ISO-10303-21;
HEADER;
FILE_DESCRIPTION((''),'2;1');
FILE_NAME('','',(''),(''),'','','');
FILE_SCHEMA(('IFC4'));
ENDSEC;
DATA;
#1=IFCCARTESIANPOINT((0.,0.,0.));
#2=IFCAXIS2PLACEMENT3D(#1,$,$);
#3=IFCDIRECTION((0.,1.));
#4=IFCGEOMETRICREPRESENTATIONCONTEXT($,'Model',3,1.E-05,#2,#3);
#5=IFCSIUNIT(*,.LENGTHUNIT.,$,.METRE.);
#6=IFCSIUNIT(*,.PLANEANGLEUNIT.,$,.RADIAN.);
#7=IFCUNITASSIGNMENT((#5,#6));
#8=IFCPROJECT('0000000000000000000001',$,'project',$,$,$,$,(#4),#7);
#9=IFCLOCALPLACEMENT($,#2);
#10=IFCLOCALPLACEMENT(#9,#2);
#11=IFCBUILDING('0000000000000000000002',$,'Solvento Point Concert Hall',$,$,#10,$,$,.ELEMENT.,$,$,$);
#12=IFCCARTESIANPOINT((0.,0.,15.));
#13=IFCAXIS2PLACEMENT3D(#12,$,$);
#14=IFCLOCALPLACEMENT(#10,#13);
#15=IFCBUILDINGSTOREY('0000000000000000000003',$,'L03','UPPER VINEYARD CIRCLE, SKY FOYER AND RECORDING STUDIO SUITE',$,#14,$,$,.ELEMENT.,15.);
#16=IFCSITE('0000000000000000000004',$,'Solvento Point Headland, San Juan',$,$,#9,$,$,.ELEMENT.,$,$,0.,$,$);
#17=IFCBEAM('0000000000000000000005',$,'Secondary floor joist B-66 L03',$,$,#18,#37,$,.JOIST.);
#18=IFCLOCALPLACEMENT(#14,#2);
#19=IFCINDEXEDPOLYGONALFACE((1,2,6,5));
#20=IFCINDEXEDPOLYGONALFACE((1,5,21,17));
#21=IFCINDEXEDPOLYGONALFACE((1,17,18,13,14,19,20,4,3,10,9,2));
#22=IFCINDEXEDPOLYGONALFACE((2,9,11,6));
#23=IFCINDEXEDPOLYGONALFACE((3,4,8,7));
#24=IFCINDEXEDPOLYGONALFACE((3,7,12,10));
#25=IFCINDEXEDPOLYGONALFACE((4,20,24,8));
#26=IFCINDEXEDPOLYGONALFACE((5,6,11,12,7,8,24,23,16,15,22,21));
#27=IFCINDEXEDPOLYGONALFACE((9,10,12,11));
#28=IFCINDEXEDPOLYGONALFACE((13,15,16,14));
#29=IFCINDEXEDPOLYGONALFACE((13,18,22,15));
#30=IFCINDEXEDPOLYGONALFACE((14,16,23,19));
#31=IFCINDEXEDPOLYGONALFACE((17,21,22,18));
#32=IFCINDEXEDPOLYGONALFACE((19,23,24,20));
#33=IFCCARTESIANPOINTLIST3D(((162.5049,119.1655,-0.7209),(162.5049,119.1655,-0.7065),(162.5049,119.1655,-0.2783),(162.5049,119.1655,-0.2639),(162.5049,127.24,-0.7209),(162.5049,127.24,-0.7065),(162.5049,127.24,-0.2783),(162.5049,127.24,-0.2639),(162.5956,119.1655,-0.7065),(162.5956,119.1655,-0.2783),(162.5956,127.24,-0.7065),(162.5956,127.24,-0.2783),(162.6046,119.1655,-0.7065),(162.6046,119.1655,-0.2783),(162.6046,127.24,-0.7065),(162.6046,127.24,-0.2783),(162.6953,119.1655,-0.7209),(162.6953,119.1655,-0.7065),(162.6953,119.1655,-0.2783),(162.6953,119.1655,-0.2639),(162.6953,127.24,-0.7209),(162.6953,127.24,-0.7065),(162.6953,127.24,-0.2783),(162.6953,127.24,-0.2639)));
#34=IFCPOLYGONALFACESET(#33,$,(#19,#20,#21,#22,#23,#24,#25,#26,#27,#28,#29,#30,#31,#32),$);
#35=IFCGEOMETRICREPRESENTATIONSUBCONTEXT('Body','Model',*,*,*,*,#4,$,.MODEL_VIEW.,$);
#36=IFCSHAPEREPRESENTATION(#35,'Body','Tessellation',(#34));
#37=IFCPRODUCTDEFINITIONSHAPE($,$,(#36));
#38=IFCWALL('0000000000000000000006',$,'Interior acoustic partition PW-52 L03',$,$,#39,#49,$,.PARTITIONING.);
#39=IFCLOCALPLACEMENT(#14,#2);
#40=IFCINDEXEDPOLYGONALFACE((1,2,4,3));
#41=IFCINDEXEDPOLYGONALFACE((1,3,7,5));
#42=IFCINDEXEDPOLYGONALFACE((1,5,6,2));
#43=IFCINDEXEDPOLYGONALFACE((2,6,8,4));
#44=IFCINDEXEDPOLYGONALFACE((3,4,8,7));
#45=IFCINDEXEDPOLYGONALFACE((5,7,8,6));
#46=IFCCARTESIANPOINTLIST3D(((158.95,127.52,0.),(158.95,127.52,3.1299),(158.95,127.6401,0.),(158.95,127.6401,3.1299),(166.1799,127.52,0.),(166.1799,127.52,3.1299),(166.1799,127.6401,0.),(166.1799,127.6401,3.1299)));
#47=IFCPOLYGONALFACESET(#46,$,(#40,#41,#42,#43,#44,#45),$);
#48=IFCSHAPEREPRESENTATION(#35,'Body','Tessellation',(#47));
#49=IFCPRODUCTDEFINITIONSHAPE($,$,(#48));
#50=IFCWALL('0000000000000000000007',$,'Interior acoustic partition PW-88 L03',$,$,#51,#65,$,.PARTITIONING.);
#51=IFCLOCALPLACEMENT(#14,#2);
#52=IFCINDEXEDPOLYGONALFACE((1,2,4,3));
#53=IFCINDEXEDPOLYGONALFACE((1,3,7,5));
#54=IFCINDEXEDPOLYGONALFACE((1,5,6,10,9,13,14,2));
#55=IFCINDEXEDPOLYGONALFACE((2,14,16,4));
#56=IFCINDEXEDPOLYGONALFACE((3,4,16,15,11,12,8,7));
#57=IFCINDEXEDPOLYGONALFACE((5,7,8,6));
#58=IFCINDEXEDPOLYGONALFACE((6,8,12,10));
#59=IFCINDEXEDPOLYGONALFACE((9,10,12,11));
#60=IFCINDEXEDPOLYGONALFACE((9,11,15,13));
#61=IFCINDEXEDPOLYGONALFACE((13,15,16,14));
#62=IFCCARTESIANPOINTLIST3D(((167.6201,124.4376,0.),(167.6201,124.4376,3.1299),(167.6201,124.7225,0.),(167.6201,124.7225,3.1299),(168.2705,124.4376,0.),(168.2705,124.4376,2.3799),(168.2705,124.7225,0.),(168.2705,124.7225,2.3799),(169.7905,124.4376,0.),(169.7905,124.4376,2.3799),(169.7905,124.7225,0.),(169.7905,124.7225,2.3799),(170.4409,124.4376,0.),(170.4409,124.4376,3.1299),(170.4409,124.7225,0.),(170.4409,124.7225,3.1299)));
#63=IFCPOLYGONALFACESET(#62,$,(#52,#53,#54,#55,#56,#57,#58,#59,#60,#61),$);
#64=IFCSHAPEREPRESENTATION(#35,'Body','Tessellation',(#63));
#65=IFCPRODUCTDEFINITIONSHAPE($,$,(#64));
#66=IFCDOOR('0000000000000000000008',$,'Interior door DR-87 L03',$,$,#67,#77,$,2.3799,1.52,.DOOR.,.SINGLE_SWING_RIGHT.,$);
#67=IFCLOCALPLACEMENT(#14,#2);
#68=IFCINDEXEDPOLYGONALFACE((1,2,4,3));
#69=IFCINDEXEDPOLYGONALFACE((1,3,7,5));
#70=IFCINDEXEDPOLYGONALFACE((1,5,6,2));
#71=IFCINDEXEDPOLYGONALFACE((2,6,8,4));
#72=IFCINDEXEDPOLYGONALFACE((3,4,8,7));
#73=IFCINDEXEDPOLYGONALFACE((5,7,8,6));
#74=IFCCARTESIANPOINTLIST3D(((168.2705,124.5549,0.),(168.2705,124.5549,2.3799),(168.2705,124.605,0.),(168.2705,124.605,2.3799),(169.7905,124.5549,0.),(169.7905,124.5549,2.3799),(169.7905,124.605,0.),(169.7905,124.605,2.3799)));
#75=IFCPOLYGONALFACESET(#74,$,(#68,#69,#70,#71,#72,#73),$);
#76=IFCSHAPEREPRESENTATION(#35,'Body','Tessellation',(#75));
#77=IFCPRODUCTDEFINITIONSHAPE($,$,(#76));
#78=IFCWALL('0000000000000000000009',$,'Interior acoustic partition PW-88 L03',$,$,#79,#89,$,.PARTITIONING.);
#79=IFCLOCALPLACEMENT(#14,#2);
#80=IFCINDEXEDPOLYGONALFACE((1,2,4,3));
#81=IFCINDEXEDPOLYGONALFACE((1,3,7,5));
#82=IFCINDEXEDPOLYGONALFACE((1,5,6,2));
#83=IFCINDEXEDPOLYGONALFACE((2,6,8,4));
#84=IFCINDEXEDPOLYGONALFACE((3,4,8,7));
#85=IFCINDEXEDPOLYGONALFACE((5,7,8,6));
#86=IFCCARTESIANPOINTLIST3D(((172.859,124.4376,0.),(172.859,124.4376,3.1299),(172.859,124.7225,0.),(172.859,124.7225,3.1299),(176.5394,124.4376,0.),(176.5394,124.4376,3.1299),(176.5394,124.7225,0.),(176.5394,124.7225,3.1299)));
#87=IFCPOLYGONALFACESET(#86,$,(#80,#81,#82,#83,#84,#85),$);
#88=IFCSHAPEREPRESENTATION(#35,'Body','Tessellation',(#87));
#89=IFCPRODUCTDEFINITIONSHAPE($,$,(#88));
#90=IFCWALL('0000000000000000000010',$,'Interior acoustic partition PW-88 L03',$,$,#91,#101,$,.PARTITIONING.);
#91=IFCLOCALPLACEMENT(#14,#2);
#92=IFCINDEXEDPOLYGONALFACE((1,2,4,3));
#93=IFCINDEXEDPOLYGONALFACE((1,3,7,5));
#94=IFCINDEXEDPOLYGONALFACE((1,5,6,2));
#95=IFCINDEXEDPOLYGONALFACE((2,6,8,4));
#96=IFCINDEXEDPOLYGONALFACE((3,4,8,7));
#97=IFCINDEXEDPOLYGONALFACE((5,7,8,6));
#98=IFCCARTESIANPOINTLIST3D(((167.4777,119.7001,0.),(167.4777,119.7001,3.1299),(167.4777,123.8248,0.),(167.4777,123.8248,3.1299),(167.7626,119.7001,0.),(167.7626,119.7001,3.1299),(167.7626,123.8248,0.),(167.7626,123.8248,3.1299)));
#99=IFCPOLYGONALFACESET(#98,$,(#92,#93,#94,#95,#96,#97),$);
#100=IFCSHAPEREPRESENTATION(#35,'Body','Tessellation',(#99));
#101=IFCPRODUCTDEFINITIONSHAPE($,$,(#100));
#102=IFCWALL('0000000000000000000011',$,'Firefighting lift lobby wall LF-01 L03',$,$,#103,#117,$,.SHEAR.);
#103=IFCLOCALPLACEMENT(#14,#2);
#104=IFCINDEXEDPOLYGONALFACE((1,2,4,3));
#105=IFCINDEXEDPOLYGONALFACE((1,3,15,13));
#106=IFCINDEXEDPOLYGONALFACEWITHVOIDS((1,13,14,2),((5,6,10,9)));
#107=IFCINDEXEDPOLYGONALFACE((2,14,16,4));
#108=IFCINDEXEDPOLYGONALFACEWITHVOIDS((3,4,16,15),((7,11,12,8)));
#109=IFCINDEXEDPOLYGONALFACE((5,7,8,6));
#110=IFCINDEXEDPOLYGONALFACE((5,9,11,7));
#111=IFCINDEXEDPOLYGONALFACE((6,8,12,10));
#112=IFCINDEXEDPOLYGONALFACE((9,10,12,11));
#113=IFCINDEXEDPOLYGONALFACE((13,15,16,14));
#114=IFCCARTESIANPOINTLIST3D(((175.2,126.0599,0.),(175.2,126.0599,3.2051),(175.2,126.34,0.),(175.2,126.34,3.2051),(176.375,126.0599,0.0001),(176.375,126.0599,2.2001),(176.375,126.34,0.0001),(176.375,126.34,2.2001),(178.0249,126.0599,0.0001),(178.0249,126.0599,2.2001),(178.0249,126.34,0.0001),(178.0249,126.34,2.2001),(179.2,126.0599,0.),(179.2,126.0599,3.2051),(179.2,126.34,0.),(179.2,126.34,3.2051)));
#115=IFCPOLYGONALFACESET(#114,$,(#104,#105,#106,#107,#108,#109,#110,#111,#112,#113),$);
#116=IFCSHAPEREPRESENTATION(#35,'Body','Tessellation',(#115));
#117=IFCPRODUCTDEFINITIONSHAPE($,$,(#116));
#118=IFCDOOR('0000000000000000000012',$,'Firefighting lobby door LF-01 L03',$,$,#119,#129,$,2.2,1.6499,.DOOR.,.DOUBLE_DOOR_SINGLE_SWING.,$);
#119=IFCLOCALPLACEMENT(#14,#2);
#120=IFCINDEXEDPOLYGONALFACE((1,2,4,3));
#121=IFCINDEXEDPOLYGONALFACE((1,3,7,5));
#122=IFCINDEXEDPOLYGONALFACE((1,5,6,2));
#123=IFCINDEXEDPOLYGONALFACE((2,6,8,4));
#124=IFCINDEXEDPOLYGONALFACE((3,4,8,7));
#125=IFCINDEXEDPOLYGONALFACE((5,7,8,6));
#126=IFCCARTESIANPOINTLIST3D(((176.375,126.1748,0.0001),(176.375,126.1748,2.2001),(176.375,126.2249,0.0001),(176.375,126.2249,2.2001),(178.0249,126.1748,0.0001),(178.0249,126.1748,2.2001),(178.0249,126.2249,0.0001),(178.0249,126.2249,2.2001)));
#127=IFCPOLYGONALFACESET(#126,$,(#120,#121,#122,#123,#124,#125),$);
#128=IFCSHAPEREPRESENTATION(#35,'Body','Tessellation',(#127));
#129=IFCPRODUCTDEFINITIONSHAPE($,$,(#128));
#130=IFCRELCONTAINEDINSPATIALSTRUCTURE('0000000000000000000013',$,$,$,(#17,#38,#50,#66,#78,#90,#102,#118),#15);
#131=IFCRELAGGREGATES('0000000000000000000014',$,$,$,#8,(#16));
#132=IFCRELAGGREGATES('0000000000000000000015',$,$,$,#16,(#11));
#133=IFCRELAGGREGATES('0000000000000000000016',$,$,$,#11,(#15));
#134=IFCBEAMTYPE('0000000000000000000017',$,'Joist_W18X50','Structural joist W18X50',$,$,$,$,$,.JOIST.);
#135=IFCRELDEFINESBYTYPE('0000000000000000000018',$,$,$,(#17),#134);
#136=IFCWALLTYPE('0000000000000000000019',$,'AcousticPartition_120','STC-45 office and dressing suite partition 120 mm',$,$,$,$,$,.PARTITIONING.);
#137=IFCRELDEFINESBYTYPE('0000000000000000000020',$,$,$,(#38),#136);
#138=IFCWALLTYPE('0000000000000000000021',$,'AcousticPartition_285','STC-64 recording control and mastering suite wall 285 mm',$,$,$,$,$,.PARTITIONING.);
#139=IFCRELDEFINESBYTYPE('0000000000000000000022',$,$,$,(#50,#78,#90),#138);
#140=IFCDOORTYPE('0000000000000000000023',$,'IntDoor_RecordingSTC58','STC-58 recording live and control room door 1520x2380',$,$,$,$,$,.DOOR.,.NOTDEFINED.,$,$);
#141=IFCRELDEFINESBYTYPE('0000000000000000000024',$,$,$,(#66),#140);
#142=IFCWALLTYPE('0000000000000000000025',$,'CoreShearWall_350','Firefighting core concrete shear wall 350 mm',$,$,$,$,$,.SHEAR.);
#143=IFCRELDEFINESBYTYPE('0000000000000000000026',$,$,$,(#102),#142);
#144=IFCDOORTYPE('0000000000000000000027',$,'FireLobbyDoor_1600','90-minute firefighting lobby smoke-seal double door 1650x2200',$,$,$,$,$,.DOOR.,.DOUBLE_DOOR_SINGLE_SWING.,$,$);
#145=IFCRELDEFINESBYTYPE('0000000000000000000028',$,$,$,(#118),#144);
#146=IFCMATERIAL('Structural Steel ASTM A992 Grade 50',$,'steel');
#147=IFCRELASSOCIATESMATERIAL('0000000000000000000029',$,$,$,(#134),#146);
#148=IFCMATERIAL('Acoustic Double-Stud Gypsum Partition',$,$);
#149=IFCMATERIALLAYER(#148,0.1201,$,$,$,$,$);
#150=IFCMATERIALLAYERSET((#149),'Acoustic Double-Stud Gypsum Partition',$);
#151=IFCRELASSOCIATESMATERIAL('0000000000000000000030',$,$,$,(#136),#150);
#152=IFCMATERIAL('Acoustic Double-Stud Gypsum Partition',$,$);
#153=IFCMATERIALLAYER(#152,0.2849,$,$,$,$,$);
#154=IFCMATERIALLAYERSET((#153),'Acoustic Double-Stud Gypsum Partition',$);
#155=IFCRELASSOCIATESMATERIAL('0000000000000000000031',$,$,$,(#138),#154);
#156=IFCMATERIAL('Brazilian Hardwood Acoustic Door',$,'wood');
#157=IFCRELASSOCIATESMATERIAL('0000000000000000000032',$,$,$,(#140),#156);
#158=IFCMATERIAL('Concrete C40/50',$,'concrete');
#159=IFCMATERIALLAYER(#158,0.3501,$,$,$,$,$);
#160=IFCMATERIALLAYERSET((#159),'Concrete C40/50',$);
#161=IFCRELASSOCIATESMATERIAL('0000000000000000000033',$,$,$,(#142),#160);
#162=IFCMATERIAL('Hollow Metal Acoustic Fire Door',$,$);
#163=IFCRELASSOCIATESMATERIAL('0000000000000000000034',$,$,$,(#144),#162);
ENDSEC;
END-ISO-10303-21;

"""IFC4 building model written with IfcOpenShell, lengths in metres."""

from ifc_helpers import new_model, si_unit, direction, frame, frame_2d, origin, origin_2d, place, context, subcontext, project, spatial, rectangle, i_section, extrude, material, layer, layer_set, material_profile, profile_set, type_object, element, fill, save


model = new_model("IFC4")

# Units and contexts
model_context = context("Model", 3, precision=1e-05, world=origin(), true_north=direction((0.0, 1.0)))
body_context = subcontext(model_context, "Body", "Model", "MODEL_VIEW")
ifc_project = project(units=[si_unit("LENGTHUNIT", "METRE"), si_unit("PLANEANGLEUNIT", "RADIAN")], contexts=[model_context])

# Site, building, storey
site_placement = place(None, origin())
site = spatial("IfcSite", under=ifc_project, at=site_placement, Name="Solvento Point Headland, San Juan", CompositionType="ELEMENT", RefElevation=0.0)
building_placement = place(site_placement, origin())
building = spatial("IfcBuilding", under=site, at=building_placement, Name="Solvento Point Concert Hall", CompositionType="ELEMENT")
storey_placement = place(building_placement, frame((0.0, 0.0, 15.0)))
storey = spatial("IfcBuildingStorey", under=building, at=storey_placement, Name="L03", Description="UPPER VINEYARD CIRCLE, SKY FOYER AND RECORDING STUDIO SUITE", CompositionType="ELEMENT", Elevation=15.0)

# Beam
ifc_material_1 = material(Name="Structural Steel ASTM A992 Grade 50", Category="steel")
ifc_material_profile_1 = material_profile(ifc_material_1, i_section(OverallWidth=0.1904, OverallDepth=0.457, WebThickness=0.009, FlangeThickness=0.0144, at=origin_2d()), Name="W18X50")
ifc_profile_set_1 = profile_set([ifc_material_profile_1], Name="Structural Steel ASTM A992 Grade 50")
beam_type_1 = type_object("IfcBeamType", Name="Joist_W18X50", Description="Structural joist W18X50", PredefinedType="JOIST", material=ifc_profile_set_1)
beam_1_placement = place(storey_placement, frame((162.6001, 119.1655, -0.4924), z_axis=(0.0, 1.0, 0.0), x_axis=(-1.0, 0.0, 0.0)))
element("IfcBeam", 1, at=beam_1_placement, inside=storey, type_object=beam_type_1, Name="Secondary floor joist B-66 L03", PredefinedType="JOIST", context=body_context, shape_type="SweptSolid", body=[
    extrude(i_section(OverallWidth=0.1904, OverallDepth=0.457, WebThickness=0.009, FlangeThickness=0.0144, at=origin_2d()), origin(), (0.0, 0.0, 1.0), 8.0745),
])

# Wall
ifc_material_2 = material(Name="Acoustic Double-Stud Gypsum Partition")
ifc_layer_1 = layer(ifc_material_2, 0.1201)
ifc_layer_set_1 = layer_set([ifc_layer_1], Name="Acoustic Double-Stud Gypsum Partition")
wall_type_1 = type_object("IfcWallType", Name="AcousticPartition_120", Description="STC-45 office and dressing suite partition 120 mm", PredefinedType="PARTITIONING", material=ifc_layer_set_1)
wall_1_placement = place(storey_placement, frame((158.95, 127.5801, 0.0), z_axis=(0.0, 0.0, 1.0), x_axis=(1.0, 0.0, 0.0)))
element("IfcWall", 2, at=wall_1_placement, inside=storey, type_object=wall_type_1, Name="Interior acoustic partition PW-52 L03", PredefinedType="PARTITIONING", context=body_context, shape_type="SweptSolid", body=[
    extrude(rectangle(XDim=7.23, YDim=0.1201, at=frame_2d((3.615, 0.0))), origin(), (0.0, 0.0, 1.0), 3.1299),
])

# Wall, opening, door
ifc_material_3 = material(Name="Acoustic Double-Stud Gypsum Partition")
ifc_layer_2 = layer(ifc_material_3, 0.2849)
ifc_layer_set_2 = layer_set([ifc_layer_2], Name="Acoustic Double-Stud Gypsum Partition")
wall_type_2 = type_object("IfcWallType", Name="AcousticPartition_285", Description="STC-64 recording control and mastering suite wall 285 mm", PredefinedType="PARTITIONING", material=ifc_layer_set_2)
wall_2_placement = place(storey_placement, frame((167.6201, 124.5801, 0.0), z_axis=(0.0, 0.0, 1.0), x_axis=(1.0, 0.0, 0.0)))
wall_2 = element("IfcWall", 3, at=wall_2_placement, inside=storey, type_object=wall_type_2, Name="Interior acoustic partition PW-88 L03", PredefinedType="PARTITIONING", context=body_context, shape_type="SweptSolid", body=[
    extrude(rectangle(XDim=2.8208, YDim=0.2849, at=frame_2d((1.4104, 0.0))), origin(), (0.0, 0.0, 1.0), 3.1299),
])
opening_1_placement = place(wall_2_placement, frame((0.6504, 0.0, 0.0)))
opening_1 = element("IfcOpeningElement", 4, at=opening_1_placement, cuts=wall_2, PredefinedType="OPENING", context=body_context, shape_type="SweptSolid", body=[
    extrude(rectangle(XDim=1.52, YDim=2.3799, at=frame_2d((0.76, 1.1899))), frame((0.0, 0.1523, 0.0), z_axis=(0.0, -1.0, 0.0), x_axis=(1.0, 0.0, 0.0)), (0.0, 0.0, 1.0), 0.3049),
])
ifc_material_4 = material(Name="Brazilian Hardwood Acoustic Door", Category="wood")
door_type_1 = type_object("IfcDoorType", Name="IntDoor_RecordingSTC58", Description="STC-58 recording live and control room door 1520x2380", OperationType="NOTDEFINED", PredefinedType="DOOR", material=ifc_material_4)
door_1_placement = place(opening_1_placement, origin())
door_1 = element("IfcDoor", 5, at=door_1_placement, inside=storey, type_object=door_type_1, Name="Interior door DR-87 L03", OperationType="SINGLE_SWING_RIGHT", OverallHeight=2.3799, OverallWidth=1.52, PredefinedType="DOOR", context=body_context, shape_type="SweptSolid", body=[
    extrude(rectangle(XDim=1.52, YDim=2.3799, at=frame_2d((0.76, 1.1899))), frame((0.0, 0.0249, 0.0), z_axis=(0.0, -1.0, 0.0), x_axis=(1.0, 0.0, 0.0)), (0.0, 0.0, 1.0), 0.05),
])
fill(opening_1, door_1)

# Walls
wall_3_placement = place(storey_placement, frame((172.8589, 124.5801, 0.0), z_axis=(0.0, 0.0, 1.0), x_axis=(1.0, 0.0, 0.0)))
element("IfcWall", 6, at=wall_3_placement, inside=storey, type_object=wall_type_2, Name="Interior acoustic partition PW-88 L03", PredefinedType="PARTITIONING", context=body_context, shape_type="SweptSolid", body=[
    extrude(rectangle(XDim=3.6804, YDim=0.2849, at=frame_2d((1.8403, 0.0))), origin(), (0.0, 0.0, 1.0), 3.1299),
])
wall_4_placement = place(storey_placement, frame((167.6201, 119.7, 0.0), z_axis=(0.0, 0.0, 1.0), x_axis=(0.0, 1.0, 0.0)))
element("IfcWall", 7, at=wall_4_placement, inside=storey, type_object=wall_type_2, Name="Interior acoustic partition PW-88 L03", PredefinedType="PARTITIONING", context=body_context, shape_type="SweptSolid", body=[
    extrude(rectangle(XDim=4.1248, YDim=0.2849, at=frame_2d((2.0625, 0.0))), origin(), (0.0, 0.0, 1.0), 3.1299),
])

# Wall, opening, door
ifc_material_5 = material(Name="Concrete C40/50", Category="concrete")
ifc_layer_3 = layer(ifc_material_5, 0.3501)
ifc_layer_set_3 = layer_set([ifc_layer_3], Name="Concrete C40/50")
wall_type_3 = type_object("IfcWallType", Name="CoreShearWall_350", Description="Firefighting core concrete shear wall 350 mm", PredefinedType="SHEAR", material=ifc_layer_set_3)
wall_5_placement = place(storey_placement, frame((175.2, 126.2, 0.0), z_axis=(0.0, 0.0, 1.0), x_axis=(1.0, 0.0, 0.0)))
wall_5 = element("IfcWall", 8, at=wall_5_placement, inside=storey, type_object=wall_type_3, Name="Firefighting lift lobby wall LF-01 L03", PredefinedType="SHEAR", context=body_context, shape_type="SweptSolid", body=[
    extrude(rectangle(XDim=4.0, YDim=0.28, at=frame_2d((2.0, 0.0))), origin(), (0.0, 0.0, 1.0), 3.2051),
])
opening_2_placement = place(wall_5_placement, frame((1.175, 0.0, 0.0)))
opening_2 = element("IfcOpeningElement", 9, at=opening_2_placement, cuts=wall_5, PredefinedType="OPENING", context=body_context, shape_type="SweptSolid", body=[
    extrude(rectangle(XDim=1.6499, YDim=2.2, at=frame_2d((0.825, 1.1001))), frame((0.0, 0.1499, 0.0), z_axis=(0.0, -1.0, 0.0), x_axis=(1.0, 0.0, 0.0)), (0.0, 0.0, 1.0), 0.3),
])
ifc_material_6 = material(Name="Hollow Metal Acoustic Fire Door")
door_type_2 = type_object("IfcDoorType", Name="FireLobbyDoor_1600", Description="90-minute firefighting lobby smoke-seal double door 1650x2200", OperationType="DOUBLE_DOOR_SINGLE_SWING", PredefinedType="DOOR", material=ifc_material_6)
door_2_placement = place(opening_2_placement, origin())
door_2 = element("IfcDoor", 10, at=door_2_placement, inside=storey, type_object=door_type_2, Name="Firefighting lobby door LF-01 L03", OperationType="DOUBLE_DOOR_SINGLE_SWING", OverallHeight=2.2, OverallWidth=1.6499, PredefinedType="DOOR", context=body_context, shape_type="SweptSolid", body=[
    extrude(rectangle(XDim=1.6499, YDim=2.2, at=frame_2d((0.825, 1.1001))), frame((0.0, 0.0249, 0.0), z_axis=(0.0, -1.0, 0.0), x_axis=(1.0, 0.0, 0.0)), (0.0, 0.0, 1.0), 0.05),
])
fill(opening_2, door_2)

save(model, "model.ifc")
